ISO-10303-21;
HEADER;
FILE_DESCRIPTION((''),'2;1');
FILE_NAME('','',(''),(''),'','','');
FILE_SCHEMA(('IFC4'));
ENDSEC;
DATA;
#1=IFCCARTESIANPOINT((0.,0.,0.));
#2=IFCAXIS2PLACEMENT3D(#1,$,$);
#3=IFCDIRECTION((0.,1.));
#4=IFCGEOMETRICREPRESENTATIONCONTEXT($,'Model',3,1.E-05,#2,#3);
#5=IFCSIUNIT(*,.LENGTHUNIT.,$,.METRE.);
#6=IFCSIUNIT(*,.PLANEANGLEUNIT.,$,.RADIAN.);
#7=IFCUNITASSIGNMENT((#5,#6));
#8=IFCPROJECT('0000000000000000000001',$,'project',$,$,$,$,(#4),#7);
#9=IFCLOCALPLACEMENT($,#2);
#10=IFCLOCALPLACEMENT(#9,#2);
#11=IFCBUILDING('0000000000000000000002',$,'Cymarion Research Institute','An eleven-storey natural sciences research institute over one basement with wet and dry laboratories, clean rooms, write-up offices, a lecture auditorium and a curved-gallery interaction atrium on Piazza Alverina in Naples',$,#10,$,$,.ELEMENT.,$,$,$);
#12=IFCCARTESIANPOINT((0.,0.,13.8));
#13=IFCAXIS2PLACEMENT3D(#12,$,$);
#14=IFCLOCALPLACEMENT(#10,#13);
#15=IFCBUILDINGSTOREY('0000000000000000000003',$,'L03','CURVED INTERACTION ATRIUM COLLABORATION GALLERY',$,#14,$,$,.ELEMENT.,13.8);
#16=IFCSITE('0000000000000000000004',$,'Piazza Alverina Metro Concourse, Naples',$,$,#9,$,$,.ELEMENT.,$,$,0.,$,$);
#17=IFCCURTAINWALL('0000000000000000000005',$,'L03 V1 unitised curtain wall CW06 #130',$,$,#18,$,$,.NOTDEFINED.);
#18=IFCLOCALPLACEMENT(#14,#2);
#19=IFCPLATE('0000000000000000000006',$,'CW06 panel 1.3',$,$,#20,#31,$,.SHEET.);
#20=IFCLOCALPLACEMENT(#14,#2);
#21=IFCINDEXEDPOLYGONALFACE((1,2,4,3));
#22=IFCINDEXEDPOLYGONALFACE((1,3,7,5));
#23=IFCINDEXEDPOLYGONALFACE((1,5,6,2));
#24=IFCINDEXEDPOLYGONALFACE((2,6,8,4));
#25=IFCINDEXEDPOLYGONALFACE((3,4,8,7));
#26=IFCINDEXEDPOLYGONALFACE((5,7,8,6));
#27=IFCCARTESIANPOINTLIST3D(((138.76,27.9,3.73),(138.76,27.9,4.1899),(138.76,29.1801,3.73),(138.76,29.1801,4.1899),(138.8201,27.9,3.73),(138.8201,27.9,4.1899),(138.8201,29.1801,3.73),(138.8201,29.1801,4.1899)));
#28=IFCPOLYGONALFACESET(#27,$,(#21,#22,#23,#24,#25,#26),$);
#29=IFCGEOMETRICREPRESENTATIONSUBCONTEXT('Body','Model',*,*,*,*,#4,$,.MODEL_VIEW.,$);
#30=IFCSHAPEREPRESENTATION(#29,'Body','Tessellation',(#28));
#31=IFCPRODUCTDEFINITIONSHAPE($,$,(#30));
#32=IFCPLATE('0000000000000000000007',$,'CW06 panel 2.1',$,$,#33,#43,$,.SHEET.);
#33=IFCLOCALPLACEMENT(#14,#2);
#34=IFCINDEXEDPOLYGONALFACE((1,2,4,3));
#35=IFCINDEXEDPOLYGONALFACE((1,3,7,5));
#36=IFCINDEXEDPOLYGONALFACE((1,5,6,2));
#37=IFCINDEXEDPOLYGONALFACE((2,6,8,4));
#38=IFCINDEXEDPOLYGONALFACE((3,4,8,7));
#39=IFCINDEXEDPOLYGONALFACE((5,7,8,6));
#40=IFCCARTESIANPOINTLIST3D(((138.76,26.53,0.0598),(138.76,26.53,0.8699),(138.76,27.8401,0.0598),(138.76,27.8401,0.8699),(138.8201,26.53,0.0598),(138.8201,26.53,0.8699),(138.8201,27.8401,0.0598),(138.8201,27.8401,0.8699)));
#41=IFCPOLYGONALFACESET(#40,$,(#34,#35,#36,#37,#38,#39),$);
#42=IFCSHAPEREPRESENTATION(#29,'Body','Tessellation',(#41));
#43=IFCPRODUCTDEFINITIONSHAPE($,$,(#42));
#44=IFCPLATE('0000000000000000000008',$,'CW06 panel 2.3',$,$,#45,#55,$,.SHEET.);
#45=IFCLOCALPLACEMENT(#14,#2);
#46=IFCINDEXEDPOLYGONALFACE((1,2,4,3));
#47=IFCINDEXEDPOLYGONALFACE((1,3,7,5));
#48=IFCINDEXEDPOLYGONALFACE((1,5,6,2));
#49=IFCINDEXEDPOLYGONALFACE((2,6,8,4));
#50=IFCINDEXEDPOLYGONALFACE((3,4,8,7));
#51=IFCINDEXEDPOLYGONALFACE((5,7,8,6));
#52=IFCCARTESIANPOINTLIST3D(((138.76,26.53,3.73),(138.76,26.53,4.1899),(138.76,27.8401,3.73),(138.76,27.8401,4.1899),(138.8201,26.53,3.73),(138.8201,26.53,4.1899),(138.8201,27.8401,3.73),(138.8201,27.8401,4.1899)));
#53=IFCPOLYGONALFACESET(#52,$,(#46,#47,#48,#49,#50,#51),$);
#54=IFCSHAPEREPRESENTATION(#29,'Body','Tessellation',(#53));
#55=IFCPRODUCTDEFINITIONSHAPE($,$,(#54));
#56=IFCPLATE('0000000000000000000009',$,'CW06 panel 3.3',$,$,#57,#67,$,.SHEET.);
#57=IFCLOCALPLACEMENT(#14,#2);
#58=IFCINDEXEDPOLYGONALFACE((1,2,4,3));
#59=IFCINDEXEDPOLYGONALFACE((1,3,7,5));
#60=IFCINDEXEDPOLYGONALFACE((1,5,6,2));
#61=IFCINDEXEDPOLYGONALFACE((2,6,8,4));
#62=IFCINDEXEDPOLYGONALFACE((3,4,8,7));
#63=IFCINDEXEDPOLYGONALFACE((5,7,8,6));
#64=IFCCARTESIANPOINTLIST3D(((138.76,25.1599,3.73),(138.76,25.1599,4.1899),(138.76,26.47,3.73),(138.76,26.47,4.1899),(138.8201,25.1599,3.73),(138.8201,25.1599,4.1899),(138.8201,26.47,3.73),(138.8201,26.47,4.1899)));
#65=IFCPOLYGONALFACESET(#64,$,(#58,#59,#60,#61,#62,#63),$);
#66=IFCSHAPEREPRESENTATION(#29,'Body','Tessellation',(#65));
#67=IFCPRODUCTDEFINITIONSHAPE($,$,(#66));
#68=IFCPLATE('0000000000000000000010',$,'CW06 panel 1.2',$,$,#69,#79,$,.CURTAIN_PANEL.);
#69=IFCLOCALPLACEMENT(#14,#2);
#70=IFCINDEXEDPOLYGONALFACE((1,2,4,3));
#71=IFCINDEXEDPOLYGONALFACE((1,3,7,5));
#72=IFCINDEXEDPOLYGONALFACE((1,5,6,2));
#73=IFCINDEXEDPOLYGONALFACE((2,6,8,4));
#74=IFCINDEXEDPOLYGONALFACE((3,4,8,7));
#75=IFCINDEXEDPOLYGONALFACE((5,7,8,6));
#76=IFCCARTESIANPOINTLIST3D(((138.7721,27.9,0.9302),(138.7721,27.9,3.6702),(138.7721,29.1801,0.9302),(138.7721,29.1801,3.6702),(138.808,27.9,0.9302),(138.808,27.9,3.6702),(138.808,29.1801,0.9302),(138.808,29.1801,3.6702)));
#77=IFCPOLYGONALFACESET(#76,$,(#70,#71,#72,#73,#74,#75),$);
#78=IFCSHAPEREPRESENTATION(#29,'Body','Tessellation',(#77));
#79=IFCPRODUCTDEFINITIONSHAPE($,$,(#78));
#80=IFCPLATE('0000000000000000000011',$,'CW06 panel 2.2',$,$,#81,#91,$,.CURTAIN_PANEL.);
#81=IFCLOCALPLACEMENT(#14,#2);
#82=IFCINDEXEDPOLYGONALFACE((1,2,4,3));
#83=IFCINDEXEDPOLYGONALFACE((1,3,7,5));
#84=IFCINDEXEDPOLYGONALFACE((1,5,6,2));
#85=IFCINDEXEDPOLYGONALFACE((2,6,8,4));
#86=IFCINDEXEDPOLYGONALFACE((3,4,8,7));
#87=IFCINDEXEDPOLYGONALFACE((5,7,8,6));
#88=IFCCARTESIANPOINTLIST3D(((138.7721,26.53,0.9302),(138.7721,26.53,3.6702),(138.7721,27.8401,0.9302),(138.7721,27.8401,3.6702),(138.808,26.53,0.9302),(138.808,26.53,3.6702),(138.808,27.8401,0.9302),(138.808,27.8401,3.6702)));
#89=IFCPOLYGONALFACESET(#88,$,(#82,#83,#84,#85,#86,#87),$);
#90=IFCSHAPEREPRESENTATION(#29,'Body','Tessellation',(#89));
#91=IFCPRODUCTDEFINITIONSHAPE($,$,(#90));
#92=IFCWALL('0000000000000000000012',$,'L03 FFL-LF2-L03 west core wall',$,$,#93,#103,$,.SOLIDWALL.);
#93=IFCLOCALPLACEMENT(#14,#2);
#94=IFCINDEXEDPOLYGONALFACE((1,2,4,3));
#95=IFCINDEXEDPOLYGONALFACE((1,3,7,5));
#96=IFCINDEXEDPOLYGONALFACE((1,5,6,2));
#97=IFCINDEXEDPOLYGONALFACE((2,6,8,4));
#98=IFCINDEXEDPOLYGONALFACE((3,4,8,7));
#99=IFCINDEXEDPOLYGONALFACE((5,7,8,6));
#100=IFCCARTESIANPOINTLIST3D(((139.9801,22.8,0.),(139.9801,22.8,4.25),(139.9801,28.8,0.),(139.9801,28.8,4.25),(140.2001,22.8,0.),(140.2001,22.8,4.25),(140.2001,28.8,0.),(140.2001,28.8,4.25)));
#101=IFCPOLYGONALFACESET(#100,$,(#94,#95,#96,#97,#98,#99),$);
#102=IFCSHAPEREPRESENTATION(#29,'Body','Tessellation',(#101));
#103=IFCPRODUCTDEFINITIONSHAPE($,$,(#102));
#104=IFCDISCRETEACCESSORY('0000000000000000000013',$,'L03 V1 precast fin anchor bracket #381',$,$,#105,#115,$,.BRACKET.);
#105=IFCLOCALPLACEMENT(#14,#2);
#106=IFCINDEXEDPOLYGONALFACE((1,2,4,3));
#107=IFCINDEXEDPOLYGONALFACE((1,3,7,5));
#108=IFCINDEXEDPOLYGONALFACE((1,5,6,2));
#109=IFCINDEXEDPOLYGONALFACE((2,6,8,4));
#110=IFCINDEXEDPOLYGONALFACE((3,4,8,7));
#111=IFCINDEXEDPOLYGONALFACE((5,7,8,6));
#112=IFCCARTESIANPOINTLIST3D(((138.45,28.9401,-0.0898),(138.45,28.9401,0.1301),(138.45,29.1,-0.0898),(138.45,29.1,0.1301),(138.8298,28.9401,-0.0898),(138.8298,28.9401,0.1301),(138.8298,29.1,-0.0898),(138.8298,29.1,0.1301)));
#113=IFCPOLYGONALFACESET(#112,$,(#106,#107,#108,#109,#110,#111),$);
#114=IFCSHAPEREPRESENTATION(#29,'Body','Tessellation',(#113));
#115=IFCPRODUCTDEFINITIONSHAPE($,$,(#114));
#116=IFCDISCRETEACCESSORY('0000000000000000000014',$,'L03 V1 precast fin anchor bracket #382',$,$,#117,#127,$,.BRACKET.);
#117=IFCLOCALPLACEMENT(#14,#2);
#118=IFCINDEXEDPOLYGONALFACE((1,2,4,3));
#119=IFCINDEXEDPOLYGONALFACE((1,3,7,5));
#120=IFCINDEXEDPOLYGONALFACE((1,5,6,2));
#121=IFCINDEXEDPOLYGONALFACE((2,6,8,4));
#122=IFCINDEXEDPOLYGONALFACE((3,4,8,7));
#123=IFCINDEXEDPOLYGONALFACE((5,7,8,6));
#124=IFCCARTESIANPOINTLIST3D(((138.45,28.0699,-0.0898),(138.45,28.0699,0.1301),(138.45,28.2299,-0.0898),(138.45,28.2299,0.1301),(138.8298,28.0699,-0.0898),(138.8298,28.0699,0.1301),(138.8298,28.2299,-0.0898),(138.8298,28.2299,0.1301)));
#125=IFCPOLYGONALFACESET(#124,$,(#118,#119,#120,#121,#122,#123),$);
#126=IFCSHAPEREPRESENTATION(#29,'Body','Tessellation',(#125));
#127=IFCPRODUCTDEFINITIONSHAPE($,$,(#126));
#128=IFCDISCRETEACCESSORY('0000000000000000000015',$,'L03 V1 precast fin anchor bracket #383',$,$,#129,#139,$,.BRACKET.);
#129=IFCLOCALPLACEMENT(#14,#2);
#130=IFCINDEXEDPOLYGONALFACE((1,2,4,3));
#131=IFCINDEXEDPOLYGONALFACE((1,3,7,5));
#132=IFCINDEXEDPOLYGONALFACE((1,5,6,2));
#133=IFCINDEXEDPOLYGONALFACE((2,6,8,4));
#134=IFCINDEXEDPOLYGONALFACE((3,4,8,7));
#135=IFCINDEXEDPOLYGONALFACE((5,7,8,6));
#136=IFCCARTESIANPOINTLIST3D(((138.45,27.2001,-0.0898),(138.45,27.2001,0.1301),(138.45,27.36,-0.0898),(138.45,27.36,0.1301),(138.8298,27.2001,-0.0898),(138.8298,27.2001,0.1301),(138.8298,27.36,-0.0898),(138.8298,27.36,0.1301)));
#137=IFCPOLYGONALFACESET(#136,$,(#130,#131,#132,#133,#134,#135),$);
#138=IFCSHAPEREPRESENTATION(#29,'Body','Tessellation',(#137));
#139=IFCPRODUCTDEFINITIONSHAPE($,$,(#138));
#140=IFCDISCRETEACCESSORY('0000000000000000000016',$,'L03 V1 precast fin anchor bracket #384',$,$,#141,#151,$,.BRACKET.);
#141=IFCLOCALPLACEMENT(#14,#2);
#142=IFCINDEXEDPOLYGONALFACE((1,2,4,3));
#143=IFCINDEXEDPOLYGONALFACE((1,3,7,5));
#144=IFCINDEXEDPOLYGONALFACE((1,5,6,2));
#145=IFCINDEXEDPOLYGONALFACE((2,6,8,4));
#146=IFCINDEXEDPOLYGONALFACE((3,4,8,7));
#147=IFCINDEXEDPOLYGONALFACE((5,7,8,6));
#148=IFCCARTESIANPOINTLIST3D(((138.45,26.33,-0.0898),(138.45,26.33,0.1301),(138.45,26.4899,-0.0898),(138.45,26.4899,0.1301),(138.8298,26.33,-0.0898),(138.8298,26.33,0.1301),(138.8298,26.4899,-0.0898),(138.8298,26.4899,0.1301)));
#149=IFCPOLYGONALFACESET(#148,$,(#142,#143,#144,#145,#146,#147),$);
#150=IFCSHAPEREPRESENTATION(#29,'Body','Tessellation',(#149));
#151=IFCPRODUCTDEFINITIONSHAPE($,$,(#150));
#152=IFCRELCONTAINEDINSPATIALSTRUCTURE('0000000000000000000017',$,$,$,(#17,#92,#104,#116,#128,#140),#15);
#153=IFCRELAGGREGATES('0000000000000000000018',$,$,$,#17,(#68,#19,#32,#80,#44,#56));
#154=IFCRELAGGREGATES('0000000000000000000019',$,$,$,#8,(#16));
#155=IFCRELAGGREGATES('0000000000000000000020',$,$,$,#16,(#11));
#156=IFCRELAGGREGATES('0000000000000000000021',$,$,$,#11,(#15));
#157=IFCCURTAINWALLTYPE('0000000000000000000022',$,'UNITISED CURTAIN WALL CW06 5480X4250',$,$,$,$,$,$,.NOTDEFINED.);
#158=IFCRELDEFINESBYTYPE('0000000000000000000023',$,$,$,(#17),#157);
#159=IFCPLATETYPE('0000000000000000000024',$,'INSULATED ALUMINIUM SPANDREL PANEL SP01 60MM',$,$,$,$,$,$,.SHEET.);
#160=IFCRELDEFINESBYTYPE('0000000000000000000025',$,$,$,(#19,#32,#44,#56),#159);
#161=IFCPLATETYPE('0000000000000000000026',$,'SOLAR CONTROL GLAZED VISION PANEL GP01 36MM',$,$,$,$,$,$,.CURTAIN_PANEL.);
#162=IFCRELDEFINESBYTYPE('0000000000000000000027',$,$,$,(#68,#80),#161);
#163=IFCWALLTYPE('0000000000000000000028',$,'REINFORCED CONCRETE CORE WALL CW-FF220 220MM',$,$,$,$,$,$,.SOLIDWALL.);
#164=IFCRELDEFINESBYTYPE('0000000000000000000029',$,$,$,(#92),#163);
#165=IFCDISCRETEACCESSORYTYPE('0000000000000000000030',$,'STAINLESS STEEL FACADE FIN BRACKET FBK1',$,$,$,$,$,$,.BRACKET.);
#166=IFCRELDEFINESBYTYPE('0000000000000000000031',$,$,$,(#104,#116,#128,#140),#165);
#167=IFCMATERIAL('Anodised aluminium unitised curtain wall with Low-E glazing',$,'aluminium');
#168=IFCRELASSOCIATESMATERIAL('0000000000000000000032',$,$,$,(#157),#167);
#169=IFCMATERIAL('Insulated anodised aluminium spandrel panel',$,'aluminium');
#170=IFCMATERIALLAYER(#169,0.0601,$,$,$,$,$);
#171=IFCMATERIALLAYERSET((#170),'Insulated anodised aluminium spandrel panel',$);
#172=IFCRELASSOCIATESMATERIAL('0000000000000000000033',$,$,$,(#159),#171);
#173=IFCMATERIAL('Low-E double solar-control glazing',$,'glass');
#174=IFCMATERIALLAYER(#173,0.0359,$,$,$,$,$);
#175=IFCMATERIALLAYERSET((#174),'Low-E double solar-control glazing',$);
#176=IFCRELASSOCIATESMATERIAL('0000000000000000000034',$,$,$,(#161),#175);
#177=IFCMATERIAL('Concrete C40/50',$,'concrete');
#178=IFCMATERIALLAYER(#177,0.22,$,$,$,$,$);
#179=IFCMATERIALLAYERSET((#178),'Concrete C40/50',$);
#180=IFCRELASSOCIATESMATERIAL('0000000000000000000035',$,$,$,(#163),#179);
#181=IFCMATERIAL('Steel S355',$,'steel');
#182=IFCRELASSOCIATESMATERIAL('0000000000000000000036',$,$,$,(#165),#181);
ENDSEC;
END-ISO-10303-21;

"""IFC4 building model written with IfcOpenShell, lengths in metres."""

from ifc_helpers import new_model, si_unit, direction, frame, frame_2d, origin, origin_2d, place, context, subcontext, project, spatial, rectangle, extrude, material, layer, layer_set, type_object, element, aggregate, save


model = new_model("IFC4")

# Units and contexts
model_context = context("Model", 3, precision=1e-05, world=origin(), true_north=direction((0.0, 1.0)))
body_context = subcontext(model_context, "Body", "Model", "MODEL_VIEW")
ifc_project = project(units=[si_unit("LENGTHUNIT", "METRE"), si_unit("PLANEANGLEUNIT", "RADIAN")], contexts=[model_context])

# Site, building, storey
site_placement = place(None, origin())
site = spatial("IfcSite", under=ifc_project, at=site_placement, Name="Piazza Alverina Metro Concourse, Naples", CompositionType="ELEMENT", RefElevation=0.0)
building_placement = place(site_placement, origin())
building = spatial("IfcBuilding", under=site, at=building_placement, Name="Cymarion Research Institute", Description="An eleven-storey natural sciences research institute over one basement with wet and dry laboratories, clean rooms, write-up offices, a lecture auditorium and a curved-gallery interaction atrium on Piazza Alverina in Naples", CompositionType="ELEMENT")
storey_placement = place(building_placement, frame((0.0, 0.0, 13.8)))
storey = spatial("IfcBuildingStorey", under=building, at=storey_placement, Name="L03", Description="CURVED INTERACTION ATRIUM COLLABORATION GALLERY", CompositionType="ELEMENT", Elevation=13.8)

# Curtain wall, plates
ifc_material_1 = material(Name="Anodised aluminium unitised curtain wall with Low-E glazing", Category="aluminium")
curtain_wall_type = type_object("IfcCurtainWallType", Name="UNITISED CURTAIN WALL CW06 5480X4250", PredefinedType="NOTDEFINED", material=ifc_material_1)
curtain_wall_placement = place(storey_placement, origin())
curtain_wall = element("IfcCurtainWall", 1, at=curtain_wall_placement, inside=storey, type_object=curtain_wall_type, Name="L03 V1 unitised curtain wall CW06 #130", PredefinedType="NOTDEFINED")
ifc_material_2 = material(Name="Insulated anodised aluminium spandrel panel", Category="aluminium")
ifc_layer_1 = layer(ifc_material_2, 0.0601)
ifc_layer_set_1 = layer_set([ifc_layer_1], Name="Insulated anodised aluminium spandrel panel")
plate_type_1 = type_object("IfcPlateType", Name="INSULATED ALUMINIUM SPANDREL PANEL SP01 60MM", PredefinedType="SHEET", material=ifc_layer_set_1)
plate_1_placement = place(storey_placement, frame((138.79, 28.54, 3.73), z_axis=(0.0, 0.0, 1.0), x_axis=(0.0, -1.0, 0.0)))
plate_1 = element("IfcPlate", 2, at=plate_1_placement, type_object=plate_type_1, Name="CW06 panel 1.3", PredefinedType="SHEET", context=body_context, shape_type="SweptSolid", body=[
    extrude(rectangle(XDim=1.28, YDim=0.0601, at=origin_2d()), origin(), (0.0, 0.0, 1.0), 0.46),
])
plate_2_placement = place(storey_placement, frame((138.79, 27.1851, 0.0598), z_axis=(0.0, 0.0, 1.0), x_axis=(0.0, -1.0, 0.0)))
plate_2 = element("IfcPlate", 3, at=plate_2_placement, type_object=plate_type_1, Name="CW06 panel 2.1", PredefinedType="SHEET", context=body_context, shape_type="SweptSolid", body=[
    extrude(rectangle(XDim=1.3101, YDim=0.0601, at=origin_2d()), origin(), (0.0, 0.0, 1.0), 0.8101),
])
plate_3_placement = place(storey_placement, frame((138.79, 27.1851, 3.73), z_axis=(0.0, 0.0, 1.0), x_axis=(0.0, -1.0, 0.0)))
plate_3 = element("IfcPlate", 4, at=plate_3_placement, type_object=plate_type_1, Name="CW06 panel 2.3", PredefinedType="SHEET", context=body_context, shape_type="SweptSolid", body=[
    extrude(rectangle(XDim=1.3101, YDim=0.0601, at=origin_2d()), origin(), (0.0, 0.0, 1.0), 0.46),
])
plate_4_placement = place(storey_placement, frame((138.79, 25.8149, 3.73), z_axis=(0.0, 0.0, 1.0), x_axis=(0.0, -1.0, 0.0)))
plate_4 = element("IfcPlate", 5, at=plate_4_placement, type_object=plate_type_1, Name="CW06 panel 3.3", PredefinedType="SHEET", context=body_context, shape_type="SweptSolid", body=[
    extrude(rectangle(XDim=1.3101, YDim=0.0601, at=origin_2d()), origin(), (0.0, 0.0, 1.0), 0.46),
])
ifc_material_3 = material(Name="Low-E double solar-control glazing", Category="glass")
ifc_layer_2 = layer(ifc_material_3, 0.0359)
ifc_layer_set_2 = layer_set([ifc_layer_2], Name="Low-E double solar-control glazing")
plate_type_2 = type_object("IfcPlateType", Name="SOLAR CONTROL GLAZED VISION PANEL GP01 36MM", PredefinedType="CURTAIN_PANEL", material=ifc_layer_set_2)
plate_5_placement = place(storey_placement, frame((138.79, 28.54, 0.9302), z_axis=(0.0, 0.0, 1.0), x_axis=(0.0, -1.0, 0.0)))
plate_5 = element("IfcPlate", 6, at=plate_5_placement, type_object=plate_type_2, Name="CW06 panel 1.2", PredefinedType="CURTAIN_PANEL", context=body_context, shape_type="SweptSolid", body=[
    extrude(rectangle(XDim=1.28, YDim=0.0359, at=origin_2d()), origin(), (0.0, 0.0, 1.0), 2.74),
])
plate_6_placement = place(storey_placement, frame((138.79, 27.1851, 0.9302), z_axis=(0.0, 0.0, 1.0), x_axis=(0.0, -1.0, 0.0)))
plate_6 = element("IfcPlate", 7, at=plate_6_placement, type_object=plate_type_2, Name="CW06 panel 2.2", PredefinedType="CURTAIN_PANEL", context=body_context, shape_type="SweptSolid", body=[
    extrude(rectangle(XDim=1.3101, YDim=0.0359, at=origin_2d()), origin(), (0.0, 0.0, 1.0), 2.74),
])
aggregate(curtain_wall, [plate_5, plate_1, plate_2, plate_6, plate_3, plate_4])

# Wall
ifc_material_4 = material(Name="Concrete C40/50", Category="concrete")
ifc_layer_3 = layer(ifc_material_4, 0.22)
ifc_layer_set_3 = layer_set([ifc_layer_3], Name="Concrete C40/50")
wall_type = type_object("IfcWallType", Name="REINFORCED CONCRETE CORE WALL CW-FF220 220MM", PredefinedType="SOLIDWALL", material=ifc_layer_set_3)
wall_placement = place(storey_placement, frame((140.0901, 28.8, 0.0), z_axis=(0.0, 0.0, 1.0), x_axis=(0.0, -1.0, 0.0)))
element("IfcWall", 8, at=wall_placement, inside=storey, type_object=wall_type, Name="L03 FFL-LF2-L03 west core wall", PredefinedType="SOLIDWALL", context=body_context, shape_type="SweptSolid", body=[
    extrude(rectangle(XDim=6.0, YDim=0.22, at=frame_2d((3.0, 0.0))), origin(), (0.0, 0.0, 1.0), 4.25),
])

# Discrete accessories
ifc_material_5 = material(Name="Steel S355", Category="steel")
discrete_accessory_type = type_object("IfcDiscreteAccessoryType", Name="STAINLESS STEEL FACADE FIN BRACKET FBK1", PredefinedType="BRACKET", material=ifc_material_5)
for number, where, z_axis, x_axis, name in (
    (9, (138.6399, 29.02, -0.0898), (0.0, 0.0, 1.0), (-1.0, 0.0, 0.0), "L03 V1 precast fin anchor bracket #381"),
    (10, (138.6399, 28.1499, -0.0898), (0.0, 0.0, 1.0), (-1.0, 0.0, 0.0), "L03 V1 precast fin anchor bracket #382"),
    (11, (138.6399, 27.28, -0.0898), (0.0, 0.0, 1.0), (-1.0, 0.0, 0.0), "L03 V1 precast fin anchor bracket #383"),
    (12, (138.6399, 26.4099, -0.0898), (0.0, 0.0, 1.0), (-1.0, 0.0, 0.0), "L03 V1 precast fin anchor bracket #384"),
):
    element("IfcDiscreteAccessory", number, at=place(storey_placement, frame(where, z_axis=z_axis, x_axis=x_axis)), inside=storey, type_object=discrete_accessory_type, Name=name, PredefinedType="BRACKET", context=body_context, shape_type="SweptSolid", body=[
        extrude(rectangle(XDim=0.3799, YDim=0.1599, at=origin_2d()), origin(), (0.0, 0.0, 1.0), 0.22),
    ])

save(model, "model.ifc")
